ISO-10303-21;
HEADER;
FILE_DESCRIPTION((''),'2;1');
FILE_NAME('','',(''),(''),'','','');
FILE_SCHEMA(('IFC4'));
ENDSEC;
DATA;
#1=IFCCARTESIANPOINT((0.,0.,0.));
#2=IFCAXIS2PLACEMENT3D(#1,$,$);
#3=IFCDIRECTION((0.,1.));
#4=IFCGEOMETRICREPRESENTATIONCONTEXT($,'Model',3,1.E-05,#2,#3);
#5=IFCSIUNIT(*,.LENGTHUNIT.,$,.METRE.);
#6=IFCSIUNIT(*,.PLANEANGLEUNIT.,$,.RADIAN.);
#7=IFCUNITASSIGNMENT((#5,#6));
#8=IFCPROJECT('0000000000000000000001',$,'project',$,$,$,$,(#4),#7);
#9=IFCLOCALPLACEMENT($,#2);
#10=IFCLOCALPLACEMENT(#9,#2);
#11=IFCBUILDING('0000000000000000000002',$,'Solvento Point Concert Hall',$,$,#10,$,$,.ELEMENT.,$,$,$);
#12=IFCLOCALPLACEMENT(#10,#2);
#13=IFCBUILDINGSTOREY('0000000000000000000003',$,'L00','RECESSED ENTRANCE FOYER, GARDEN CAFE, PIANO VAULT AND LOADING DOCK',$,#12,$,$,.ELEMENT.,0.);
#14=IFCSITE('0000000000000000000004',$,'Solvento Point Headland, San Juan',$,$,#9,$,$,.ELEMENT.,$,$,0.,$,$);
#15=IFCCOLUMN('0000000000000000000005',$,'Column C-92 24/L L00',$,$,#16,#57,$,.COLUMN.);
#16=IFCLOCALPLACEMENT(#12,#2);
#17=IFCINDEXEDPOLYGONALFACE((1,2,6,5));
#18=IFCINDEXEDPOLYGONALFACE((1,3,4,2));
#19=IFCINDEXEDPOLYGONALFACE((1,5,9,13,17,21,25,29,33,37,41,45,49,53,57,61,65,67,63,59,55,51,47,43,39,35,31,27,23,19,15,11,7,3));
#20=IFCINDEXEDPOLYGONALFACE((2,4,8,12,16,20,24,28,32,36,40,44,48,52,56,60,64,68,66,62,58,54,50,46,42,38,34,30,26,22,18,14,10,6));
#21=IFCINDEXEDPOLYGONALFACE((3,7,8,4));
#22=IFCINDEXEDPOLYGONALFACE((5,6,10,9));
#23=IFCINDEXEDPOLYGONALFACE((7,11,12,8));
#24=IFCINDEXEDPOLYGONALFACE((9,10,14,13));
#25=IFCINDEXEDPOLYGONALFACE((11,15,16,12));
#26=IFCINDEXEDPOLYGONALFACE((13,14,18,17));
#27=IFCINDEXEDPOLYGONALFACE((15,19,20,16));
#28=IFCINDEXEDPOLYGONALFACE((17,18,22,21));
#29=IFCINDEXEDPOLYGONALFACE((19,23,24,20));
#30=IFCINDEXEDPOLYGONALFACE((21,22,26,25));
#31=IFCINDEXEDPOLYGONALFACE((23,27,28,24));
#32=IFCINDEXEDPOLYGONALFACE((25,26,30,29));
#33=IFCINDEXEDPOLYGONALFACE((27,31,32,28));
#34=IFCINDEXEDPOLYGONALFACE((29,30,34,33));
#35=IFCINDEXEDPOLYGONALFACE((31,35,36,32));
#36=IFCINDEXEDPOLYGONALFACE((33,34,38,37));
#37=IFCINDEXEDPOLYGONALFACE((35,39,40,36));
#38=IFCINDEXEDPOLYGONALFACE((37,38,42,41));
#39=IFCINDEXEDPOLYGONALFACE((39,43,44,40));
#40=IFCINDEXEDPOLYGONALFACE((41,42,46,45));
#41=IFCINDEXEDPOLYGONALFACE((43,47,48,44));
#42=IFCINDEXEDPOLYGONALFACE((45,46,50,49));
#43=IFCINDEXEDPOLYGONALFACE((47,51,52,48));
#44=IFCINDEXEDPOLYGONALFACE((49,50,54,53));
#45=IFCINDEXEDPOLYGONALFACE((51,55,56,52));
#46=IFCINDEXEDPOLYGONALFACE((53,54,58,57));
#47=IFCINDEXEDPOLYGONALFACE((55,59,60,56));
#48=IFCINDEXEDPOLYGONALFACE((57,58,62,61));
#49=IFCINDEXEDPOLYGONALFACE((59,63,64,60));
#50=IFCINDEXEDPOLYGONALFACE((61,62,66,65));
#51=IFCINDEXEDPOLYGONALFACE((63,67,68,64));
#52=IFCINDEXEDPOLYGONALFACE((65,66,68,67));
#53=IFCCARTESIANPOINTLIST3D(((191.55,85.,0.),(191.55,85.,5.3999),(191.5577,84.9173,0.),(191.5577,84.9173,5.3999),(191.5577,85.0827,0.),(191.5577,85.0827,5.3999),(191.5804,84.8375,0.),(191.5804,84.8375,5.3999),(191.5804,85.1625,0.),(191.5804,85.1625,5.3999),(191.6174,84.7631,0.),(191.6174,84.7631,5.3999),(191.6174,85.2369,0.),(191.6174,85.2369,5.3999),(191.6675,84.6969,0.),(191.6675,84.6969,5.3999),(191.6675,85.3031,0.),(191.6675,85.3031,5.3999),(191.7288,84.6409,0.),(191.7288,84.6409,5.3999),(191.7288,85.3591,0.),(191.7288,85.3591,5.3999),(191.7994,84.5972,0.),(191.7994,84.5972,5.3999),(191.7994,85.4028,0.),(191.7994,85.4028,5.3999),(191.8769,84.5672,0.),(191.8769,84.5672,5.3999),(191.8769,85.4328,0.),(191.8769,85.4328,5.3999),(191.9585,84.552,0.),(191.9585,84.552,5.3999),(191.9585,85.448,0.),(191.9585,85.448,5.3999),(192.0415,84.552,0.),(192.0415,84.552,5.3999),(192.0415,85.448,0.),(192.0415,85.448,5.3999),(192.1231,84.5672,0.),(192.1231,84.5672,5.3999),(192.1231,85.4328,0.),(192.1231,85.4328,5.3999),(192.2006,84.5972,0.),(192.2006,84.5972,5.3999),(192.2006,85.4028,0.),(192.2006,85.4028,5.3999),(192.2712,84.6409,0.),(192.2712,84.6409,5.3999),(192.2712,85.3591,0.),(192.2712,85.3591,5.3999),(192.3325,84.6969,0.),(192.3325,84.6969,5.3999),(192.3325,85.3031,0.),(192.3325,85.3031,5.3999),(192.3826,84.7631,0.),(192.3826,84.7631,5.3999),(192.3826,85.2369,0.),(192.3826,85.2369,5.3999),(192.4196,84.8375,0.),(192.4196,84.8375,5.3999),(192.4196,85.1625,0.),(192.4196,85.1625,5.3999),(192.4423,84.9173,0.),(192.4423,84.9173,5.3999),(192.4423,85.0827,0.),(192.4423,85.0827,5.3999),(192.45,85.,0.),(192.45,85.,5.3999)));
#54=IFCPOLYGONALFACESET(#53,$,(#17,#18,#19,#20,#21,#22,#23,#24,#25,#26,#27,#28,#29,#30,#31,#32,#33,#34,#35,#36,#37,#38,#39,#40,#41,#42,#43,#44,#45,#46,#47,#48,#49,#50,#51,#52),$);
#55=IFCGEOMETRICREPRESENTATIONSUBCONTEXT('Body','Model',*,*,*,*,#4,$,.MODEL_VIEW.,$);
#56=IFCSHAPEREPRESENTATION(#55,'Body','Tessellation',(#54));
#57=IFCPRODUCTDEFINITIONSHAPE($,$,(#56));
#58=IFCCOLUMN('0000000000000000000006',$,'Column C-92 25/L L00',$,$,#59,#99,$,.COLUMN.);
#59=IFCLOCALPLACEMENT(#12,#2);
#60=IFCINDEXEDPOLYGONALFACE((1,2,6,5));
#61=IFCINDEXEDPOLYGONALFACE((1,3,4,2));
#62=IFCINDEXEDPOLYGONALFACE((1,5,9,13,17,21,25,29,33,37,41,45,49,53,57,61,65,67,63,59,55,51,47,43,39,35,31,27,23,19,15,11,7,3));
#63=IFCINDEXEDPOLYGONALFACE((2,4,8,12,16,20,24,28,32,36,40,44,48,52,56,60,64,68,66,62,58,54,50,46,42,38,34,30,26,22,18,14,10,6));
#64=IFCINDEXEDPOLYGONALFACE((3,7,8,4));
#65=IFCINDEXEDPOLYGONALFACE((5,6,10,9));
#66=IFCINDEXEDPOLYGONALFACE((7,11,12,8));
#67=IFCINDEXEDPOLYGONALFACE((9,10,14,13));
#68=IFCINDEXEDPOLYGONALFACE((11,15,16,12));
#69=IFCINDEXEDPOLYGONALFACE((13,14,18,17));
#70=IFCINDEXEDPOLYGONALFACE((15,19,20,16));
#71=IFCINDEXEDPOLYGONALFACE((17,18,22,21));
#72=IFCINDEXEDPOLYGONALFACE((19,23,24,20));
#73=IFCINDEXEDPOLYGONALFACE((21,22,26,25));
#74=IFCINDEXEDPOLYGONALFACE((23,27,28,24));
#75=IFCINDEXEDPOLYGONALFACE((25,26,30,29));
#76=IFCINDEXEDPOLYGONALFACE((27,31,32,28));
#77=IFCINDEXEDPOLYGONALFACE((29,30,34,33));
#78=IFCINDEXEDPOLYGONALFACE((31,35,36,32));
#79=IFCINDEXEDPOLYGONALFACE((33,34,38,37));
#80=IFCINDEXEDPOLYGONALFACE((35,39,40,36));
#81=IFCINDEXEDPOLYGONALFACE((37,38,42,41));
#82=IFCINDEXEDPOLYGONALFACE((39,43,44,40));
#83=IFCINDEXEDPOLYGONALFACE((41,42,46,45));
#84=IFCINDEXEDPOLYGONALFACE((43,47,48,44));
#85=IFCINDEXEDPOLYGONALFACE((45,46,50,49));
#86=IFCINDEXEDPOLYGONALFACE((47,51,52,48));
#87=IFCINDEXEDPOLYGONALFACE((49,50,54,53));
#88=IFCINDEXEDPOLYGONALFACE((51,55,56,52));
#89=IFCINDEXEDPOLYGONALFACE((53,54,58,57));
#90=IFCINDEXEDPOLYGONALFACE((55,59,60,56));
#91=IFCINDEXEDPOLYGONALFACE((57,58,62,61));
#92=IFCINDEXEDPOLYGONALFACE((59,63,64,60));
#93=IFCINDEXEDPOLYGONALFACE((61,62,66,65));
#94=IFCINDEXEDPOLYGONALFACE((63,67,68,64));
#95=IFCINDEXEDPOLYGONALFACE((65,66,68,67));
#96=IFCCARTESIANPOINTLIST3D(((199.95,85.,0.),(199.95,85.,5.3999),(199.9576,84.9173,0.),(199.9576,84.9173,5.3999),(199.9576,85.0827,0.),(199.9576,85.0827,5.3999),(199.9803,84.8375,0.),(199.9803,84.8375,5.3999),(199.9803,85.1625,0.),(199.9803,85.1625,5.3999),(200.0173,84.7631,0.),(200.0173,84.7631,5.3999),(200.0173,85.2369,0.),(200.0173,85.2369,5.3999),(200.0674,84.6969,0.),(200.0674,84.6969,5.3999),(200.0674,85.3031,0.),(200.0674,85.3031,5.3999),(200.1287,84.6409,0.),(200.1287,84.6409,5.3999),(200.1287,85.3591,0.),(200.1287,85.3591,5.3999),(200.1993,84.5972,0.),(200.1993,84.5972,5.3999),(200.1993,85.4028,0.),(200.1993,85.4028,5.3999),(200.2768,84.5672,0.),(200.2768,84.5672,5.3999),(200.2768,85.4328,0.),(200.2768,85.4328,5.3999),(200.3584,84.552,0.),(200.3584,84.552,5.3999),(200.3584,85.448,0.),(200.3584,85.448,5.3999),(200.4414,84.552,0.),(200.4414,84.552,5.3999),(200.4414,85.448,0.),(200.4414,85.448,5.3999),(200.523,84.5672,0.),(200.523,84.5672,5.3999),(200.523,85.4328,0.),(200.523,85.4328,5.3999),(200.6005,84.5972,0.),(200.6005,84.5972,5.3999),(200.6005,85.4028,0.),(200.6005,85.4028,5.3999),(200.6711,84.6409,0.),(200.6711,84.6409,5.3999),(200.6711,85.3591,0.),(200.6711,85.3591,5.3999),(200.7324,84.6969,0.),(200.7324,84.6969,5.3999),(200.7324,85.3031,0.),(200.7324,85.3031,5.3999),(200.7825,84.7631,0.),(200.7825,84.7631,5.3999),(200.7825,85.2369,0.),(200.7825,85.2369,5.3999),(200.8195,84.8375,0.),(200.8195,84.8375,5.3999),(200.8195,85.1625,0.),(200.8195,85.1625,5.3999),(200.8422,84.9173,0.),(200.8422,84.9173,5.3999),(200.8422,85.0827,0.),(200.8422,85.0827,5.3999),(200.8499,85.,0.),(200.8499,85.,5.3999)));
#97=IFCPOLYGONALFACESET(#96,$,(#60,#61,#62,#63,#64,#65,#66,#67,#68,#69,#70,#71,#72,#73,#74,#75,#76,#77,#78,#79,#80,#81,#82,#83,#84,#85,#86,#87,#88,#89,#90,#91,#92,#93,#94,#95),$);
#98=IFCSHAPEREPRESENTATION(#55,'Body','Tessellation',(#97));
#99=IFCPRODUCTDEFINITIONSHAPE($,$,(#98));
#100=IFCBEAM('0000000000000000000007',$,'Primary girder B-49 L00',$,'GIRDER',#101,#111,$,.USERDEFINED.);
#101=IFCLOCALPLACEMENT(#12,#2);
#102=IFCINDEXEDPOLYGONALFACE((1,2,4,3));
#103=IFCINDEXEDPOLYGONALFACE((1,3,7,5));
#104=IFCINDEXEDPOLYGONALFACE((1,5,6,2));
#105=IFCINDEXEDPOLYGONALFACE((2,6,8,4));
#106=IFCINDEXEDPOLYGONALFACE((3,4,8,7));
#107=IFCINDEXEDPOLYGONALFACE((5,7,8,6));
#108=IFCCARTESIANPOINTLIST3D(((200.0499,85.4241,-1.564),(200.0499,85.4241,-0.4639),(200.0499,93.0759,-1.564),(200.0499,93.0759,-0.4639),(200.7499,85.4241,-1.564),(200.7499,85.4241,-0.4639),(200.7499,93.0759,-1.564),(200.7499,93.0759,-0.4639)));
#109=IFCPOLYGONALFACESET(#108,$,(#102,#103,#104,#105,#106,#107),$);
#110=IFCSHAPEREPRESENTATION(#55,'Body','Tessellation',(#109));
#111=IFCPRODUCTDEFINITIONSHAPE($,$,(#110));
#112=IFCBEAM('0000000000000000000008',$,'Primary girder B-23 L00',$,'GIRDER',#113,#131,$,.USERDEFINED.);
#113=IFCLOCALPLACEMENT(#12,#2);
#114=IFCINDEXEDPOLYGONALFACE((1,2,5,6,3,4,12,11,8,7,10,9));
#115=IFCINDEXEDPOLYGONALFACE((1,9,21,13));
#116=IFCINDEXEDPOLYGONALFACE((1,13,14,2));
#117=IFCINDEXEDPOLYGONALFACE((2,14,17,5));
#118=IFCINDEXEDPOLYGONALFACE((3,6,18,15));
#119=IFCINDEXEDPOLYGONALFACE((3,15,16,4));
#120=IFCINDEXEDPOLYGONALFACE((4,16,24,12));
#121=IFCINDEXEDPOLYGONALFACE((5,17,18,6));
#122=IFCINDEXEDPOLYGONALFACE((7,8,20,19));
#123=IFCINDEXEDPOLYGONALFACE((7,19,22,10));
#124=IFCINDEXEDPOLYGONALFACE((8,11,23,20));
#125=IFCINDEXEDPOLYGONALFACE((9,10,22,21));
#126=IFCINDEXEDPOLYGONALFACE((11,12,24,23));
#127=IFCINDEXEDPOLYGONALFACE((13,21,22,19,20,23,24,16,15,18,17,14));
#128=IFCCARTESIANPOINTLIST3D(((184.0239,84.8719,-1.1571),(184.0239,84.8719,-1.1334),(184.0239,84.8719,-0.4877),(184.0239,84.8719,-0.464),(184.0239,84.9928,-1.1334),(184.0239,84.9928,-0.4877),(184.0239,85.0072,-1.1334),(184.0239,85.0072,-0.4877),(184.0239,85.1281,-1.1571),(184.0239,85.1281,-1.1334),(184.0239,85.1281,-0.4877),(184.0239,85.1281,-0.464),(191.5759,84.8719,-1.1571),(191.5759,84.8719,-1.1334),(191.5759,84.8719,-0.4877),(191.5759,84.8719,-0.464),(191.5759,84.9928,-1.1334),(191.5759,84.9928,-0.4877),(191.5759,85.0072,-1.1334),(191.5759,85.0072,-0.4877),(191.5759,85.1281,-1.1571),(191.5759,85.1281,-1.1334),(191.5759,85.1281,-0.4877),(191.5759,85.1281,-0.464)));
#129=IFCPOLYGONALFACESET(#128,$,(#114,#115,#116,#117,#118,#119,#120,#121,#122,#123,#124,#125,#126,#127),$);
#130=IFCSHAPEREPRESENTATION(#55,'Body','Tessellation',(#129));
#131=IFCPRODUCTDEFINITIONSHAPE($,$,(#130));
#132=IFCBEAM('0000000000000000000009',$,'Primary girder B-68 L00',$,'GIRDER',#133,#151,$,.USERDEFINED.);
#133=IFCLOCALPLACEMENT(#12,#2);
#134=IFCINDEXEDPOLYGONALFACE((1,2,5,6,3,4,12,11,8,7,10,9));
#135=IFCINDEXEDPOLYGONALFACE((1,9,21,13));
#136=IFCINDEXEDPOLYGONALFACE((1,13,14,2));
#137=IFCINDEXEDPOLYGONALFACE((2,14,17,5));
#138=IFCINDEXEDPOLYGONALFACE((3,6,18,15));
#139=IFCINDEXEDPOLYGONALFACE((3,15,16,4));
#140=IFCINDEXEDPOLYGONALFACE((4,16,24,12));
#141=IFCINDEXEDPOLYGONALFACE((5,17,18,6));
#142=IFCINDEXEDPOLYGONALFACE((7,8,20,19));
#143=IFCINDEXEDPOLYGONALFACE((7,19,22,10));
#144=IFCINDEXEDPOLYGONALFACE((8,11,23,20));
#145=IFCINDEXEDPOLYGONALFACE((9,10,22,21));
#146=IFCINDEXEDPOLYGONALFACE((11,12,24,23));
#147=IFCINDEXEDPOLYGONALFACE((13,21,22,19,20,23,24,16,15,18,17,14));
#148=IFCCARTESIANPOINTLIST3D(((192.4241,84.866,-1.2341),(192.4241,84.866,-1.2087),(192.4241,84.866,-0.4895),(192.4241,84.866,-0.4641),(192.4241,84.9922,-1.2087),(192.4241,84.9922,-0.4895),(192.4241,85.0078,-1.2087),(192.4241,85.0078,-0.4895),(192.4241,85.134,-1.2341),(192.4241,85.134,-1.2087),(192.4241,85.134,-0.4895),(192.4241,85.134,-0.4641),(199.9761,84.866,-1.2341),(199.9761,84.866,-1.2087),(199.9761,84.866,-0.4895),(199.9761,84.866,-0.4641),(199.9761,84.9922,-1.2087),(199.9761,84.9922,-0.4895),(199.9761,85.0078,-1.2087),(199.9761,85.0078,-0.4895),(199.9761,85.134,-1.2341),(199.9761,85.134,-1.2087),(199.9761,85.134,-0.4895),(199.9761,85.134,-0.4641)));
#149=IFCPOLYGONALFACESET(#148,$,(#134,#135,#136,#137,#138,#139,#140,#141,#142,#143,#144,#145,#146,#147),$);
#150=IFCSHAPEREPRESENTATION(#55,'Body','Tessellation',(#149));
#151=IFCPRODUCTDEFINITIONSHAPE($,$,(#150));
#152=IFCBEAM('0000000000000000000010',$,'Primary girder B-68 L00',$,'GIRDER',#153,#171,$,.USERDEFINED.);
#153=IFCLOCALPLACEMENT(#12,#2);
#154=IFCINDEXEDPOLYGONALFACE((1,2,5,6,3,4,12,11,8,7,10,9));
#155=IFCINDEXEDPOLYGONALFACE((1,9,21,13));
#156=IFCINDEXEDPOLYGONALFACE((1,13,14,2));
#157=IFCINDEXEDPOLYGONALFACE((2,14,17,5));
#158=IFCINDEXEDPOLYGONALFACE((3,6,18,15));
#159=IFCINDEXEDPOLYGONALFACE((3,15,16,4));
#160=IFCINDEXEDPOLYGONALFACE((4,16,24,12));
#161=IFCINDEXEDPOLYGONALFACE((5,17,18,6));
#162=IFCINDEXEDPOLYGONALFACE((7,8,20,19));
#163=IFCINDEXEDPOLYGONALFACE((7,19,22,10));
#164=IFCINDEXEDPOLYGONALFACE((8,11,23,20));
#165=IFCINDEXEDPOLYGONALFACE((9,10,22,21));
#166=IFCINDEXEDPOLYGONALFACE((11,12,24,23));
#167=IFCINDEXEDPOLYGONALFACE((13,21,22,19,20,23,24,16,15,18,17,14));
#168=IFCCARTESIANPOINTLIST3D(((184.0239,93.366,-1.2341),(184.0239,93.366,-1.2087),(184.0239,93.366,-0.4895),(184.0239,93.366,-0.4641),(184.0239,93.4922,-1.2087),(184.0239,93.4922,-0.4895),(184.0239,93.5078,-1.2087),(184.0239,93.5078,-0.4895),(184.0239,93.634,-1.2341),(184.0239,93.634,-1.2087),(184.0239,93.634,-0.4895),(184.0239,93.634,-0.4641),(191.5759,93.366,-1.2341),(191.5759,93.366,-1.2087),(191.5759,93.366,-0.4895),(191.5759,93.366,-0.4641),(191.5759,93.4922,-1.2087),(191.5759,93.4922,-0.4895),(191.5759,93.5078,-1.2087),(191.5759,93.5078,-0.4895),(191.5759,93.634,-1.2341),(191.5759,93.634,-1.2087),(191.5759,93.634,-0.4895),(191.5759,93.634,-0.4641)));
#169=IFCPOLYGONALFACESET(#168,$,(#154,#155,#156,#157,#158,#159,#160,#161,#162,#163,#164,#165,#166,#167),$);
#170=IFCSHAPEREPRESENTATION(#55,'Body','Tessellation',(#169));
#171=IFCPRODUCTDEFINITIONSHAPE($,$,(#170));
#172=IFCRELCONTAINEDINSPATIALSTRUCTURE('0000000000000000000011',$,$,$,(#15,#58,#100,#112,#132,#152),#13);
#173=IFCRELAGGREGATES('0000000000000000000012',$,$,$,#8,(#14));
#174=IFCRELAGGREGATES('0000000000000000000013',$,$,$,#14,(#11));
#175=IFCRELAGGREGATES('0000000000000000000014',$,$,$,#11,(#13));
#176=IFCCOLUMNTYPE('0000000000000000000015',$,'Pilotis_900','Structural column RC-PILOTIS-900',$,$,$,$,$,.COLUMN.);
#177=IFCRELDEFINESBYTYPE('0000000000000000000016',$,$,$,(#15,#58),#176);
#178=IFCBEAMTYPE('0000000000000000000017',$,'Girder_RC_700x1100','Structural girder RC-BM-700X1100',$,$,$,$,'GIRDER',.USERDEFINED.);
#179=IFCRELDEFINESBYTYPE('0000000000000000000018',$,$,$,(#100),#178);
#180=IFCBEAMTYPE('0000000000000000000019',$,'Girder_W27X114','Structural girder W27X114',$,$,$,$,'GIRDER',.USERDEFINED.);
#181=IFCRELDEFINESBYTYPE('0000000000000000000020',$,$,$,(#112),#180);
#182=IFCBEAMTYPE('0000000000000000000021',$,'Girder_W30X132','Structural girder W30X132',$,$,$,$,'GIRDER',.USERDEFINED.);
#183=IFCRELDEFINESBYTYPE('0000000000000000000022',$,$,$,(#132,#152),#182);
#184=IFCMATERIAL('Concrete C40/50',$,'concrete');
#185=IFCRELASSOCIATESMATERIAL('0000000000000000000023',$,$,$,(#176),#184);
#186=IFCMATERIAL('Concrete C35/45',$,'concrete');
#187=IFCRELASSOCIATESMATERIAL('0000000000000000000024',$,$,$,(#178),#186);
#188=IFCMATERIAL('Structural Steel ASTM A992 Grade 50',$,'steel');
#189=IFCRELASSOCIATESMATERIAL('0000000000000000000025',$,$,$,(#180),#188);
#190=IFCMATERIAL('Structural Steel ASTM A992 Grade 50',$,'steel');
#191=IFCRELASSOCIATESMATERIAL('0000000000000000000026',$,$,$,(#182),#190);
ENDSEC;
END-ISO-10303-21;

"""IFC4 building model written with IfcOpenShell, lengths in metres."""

from ifc_helpers import new_model, si_unit, direction, frame, origin, origin_2d, place, context, subcontext, project, spatial, rectangle, circle, i_section, extrude, material, material_profile, profile_set, type_object, element, save


model = new_model("IFC4")

# Units and contexts
model_context = context("Model", 3, precision=1e-05, world=origin(), true_north=direction((0.0, 1.0)))
body_context = subcontext(model_context, "Body", "Model", "MODEL_VIEW")
ifc_project = project(units=[si_unit("LENGTHUNIT", "METRE"), si_unit("PLANEANGLEUNIT", "RADIAN")], contexts=[model_context])

# Site, building, storey
site_placement = place(None, origin())
site = spatial("IfcSite", under=ifc_project, at=site_placement, Name="Solvento Point Headland, San Juan", CompositionType="ELEMENT", RefElevation=0.0)
building_placement = place(site_placement, origin())
building = spatial("IfcBuilding", under=site, at=building_placement, Name="Solvento Point Concert Hall", CompositionType="ELEMENT")
storey_placement = place(building_placement, origin())
storey = spatial("IfcBuildingStorey", under=building, at=storey_placement, Name="L00", Description="RECESSED ENTRANCE FOYER, GARDEN CAFE, PIANO VAULT AND LOADING DOCK", CompositionType="ELEMENT", Elevation=0.0)

# Columns
ifc_material_1 = material(Name="Concrete C40/50", Category="concrete")
ifc_material_profile_1 = material_profile(ifc_material_1, circle(Radius=0.45, at=origin_2d()), Name="RC-PILOTIS-900")
ifc_profile_set_1 = profile_set([ifc_material_profile_1], Name="Concrete C40/50")
column_type = type_object("IfcColumnType", Name="Pilotis_900", Description="Structural column RC-PILOTIS-900", PredefinedType="COLUMN", material=ifc_profile_set_1)
for number, where, z_axis, x_axis, name in (
    (1, (192.0, 85.0, 0.0), (0.0, 0.0, 1.0), (1.0, 0.0, 0.0), "Column C-92 24/L L00"),
    (2, (200.3999, 85.0, 0.0), (0.0, 0.0, 1.0), (1.0, 0.0, 0.0), "Column C-92 25/L L00"),
):
    element("IfcColumn", number, at=place(storey_placement, frame(where, z_axis=z_axis, x_axis=x_axis)), inside=storey, type_object=column_type, Name=name, PredefinedType="COLUMN", context=body_context, shape_type="SweptSolid", body=[
        extrude(circle(Radius=0.45, at=origin_2d()), origin(), (0.0, 0.0, 1.0), 5.3999),
    ])

# Beams
ifc_material_2 = material(Name="Concrete C35/45", Category="concrete")
ifc_material_profile_2 = material_profile(ifc_material_2, rectangle(XDim=0.7, YDim=1.1001, at=origin_2d()), Name="RC-BM-700X1100")
ifc_profile_set_2 = profile_set([ifc_material_profile_2], Name="Concrete C35/45")
beam_type_1 = type_object("IfcBeamType", Name="Girder_RC_700x1100", Description="Structural girder RC-BM-700X1100", ElementType="GIRDER", PredefinedType="USERDEFINED", material=ifc_profile_set_2)
beam_1_placement = place(storey_placement, frame((200.3999, 85.4241, -1.0139), z_axis=(0.0, 1.0, 0.0), x_axis=(-1.0, 0.0, 0.0)))
element("IfcBeam", 3, at=beam_1_placement, inside=storey, type_object=beam_type_1, Name="Primary girder B-49 L00", ObjectType="GIRDER", PredefinedType="USERDEFINED", context=body_context, shape_type="SweptSolid", body=[
    extrude(rectangle(XDim=0.7, YDim=1.1001, at=origin_2d()), origin(), (0.0, 0.0, 1.0), 7.6519),
])
ifc_material_3 = material(Name="Structural Steel ASTM A992 Grade 50", Category="steel")
ifc_material_profile_3 = material_profile(ifc_material_3, i_section(OverallWidth=0.2561, OverallDepth=0.6931, WebThickness=0.0144, FlangeThickness=0.0237, at=origin_2d()), Name="W27X114")
ifc_profile_set_3 = profile_set([ifc_material_profile_3], Name="Structural Steel ASTM A992 Grade 50")
beam_type_2 = type_object("IfcBeamType", Name="Girder_W27X114", Description="Structural girder W27X114", ElementType="GIRDER", PredefinedType="USERDEFINED", material=ifc_profile_set_3)
beam_2_placement = place(storey_placement, frame((184.0239, 85.0, -0.8105), z_axis=(1.0, 0.0, 0.0), x_axis=(0.0, 1.0, 0.0)))
element("IfcBeam", 4, at=beam_2_placement, inside=storey, type_object=beam_type_2, Name="Primary girder B-23 L00", ObjectType="GIRDER", PredefinedType="USERDEFINED", context=body_context, shape_type="SweptSolid", body=[
    extrude(i_section(OverallWidth=0.2561, OverallDepth=0.6931, WebThickness=0.0144, FlangeThickness=0.0237, at=origin_2d()), origin(), (0.0, 0.0, 1.0), 7.552),
])
ifc_material_4 = material(Name="Structural Steel ASTM A992 Grade 50", Category="steel")
ifc_material_profile_4 = material_profile(ifc_material_4, i_section(OverallWidth=0.2681, OverallDepth=0.77, WebThickness=0.0156, FlangeThickness=0.0254, at=origin_2d()), Name="W30X132")
ifc_profile_set_4 = profile_set([ifc_material_profile_4], Name="Structural Steel ASTM A992 Grade 50")
beam_type_3 = type_object("IfcBeamType", Name="Girder_W30X132", Description="Structural girder W30X132", ElementType="GIRDER", PredefinedType="USERDEFINED", material=ifc_profile_set_4)
for number, where, z_axis, x_axis, name in (
    (5, (192.4241, 85.0, -0.8491), (1.0, 0.0, 0.0), (0.0, 1.0, 0.0), "Primary girder B-68 L00"),
    (6, (184.0239, 93.5, -0.8491), (1.0, 0.0, 0.0), (0.0, 1.0, 0.0), "Primary girder B-68 L00"),
):
    element("IfcBeam", number, at=place(storey_placement, frame(where, z_axis=z_axis, x_axis=x_axis)), inside=storey, type_object=beam_type_3, Name=name, ObjectType="GIRDER", PredefinedType="USERDEFINED", context=body_context, shape_type="SweptSolid", body=[
        extrude(i_section(OverallWidth=0.2681, OverallDepth=0.77, WebThickness=0.0156, FlangeThickness=0.0254, at=origin_2d()), origin(), (0.0, 0.0, 1.0), 7.552),
    ])

save(model, "model.ifc")
